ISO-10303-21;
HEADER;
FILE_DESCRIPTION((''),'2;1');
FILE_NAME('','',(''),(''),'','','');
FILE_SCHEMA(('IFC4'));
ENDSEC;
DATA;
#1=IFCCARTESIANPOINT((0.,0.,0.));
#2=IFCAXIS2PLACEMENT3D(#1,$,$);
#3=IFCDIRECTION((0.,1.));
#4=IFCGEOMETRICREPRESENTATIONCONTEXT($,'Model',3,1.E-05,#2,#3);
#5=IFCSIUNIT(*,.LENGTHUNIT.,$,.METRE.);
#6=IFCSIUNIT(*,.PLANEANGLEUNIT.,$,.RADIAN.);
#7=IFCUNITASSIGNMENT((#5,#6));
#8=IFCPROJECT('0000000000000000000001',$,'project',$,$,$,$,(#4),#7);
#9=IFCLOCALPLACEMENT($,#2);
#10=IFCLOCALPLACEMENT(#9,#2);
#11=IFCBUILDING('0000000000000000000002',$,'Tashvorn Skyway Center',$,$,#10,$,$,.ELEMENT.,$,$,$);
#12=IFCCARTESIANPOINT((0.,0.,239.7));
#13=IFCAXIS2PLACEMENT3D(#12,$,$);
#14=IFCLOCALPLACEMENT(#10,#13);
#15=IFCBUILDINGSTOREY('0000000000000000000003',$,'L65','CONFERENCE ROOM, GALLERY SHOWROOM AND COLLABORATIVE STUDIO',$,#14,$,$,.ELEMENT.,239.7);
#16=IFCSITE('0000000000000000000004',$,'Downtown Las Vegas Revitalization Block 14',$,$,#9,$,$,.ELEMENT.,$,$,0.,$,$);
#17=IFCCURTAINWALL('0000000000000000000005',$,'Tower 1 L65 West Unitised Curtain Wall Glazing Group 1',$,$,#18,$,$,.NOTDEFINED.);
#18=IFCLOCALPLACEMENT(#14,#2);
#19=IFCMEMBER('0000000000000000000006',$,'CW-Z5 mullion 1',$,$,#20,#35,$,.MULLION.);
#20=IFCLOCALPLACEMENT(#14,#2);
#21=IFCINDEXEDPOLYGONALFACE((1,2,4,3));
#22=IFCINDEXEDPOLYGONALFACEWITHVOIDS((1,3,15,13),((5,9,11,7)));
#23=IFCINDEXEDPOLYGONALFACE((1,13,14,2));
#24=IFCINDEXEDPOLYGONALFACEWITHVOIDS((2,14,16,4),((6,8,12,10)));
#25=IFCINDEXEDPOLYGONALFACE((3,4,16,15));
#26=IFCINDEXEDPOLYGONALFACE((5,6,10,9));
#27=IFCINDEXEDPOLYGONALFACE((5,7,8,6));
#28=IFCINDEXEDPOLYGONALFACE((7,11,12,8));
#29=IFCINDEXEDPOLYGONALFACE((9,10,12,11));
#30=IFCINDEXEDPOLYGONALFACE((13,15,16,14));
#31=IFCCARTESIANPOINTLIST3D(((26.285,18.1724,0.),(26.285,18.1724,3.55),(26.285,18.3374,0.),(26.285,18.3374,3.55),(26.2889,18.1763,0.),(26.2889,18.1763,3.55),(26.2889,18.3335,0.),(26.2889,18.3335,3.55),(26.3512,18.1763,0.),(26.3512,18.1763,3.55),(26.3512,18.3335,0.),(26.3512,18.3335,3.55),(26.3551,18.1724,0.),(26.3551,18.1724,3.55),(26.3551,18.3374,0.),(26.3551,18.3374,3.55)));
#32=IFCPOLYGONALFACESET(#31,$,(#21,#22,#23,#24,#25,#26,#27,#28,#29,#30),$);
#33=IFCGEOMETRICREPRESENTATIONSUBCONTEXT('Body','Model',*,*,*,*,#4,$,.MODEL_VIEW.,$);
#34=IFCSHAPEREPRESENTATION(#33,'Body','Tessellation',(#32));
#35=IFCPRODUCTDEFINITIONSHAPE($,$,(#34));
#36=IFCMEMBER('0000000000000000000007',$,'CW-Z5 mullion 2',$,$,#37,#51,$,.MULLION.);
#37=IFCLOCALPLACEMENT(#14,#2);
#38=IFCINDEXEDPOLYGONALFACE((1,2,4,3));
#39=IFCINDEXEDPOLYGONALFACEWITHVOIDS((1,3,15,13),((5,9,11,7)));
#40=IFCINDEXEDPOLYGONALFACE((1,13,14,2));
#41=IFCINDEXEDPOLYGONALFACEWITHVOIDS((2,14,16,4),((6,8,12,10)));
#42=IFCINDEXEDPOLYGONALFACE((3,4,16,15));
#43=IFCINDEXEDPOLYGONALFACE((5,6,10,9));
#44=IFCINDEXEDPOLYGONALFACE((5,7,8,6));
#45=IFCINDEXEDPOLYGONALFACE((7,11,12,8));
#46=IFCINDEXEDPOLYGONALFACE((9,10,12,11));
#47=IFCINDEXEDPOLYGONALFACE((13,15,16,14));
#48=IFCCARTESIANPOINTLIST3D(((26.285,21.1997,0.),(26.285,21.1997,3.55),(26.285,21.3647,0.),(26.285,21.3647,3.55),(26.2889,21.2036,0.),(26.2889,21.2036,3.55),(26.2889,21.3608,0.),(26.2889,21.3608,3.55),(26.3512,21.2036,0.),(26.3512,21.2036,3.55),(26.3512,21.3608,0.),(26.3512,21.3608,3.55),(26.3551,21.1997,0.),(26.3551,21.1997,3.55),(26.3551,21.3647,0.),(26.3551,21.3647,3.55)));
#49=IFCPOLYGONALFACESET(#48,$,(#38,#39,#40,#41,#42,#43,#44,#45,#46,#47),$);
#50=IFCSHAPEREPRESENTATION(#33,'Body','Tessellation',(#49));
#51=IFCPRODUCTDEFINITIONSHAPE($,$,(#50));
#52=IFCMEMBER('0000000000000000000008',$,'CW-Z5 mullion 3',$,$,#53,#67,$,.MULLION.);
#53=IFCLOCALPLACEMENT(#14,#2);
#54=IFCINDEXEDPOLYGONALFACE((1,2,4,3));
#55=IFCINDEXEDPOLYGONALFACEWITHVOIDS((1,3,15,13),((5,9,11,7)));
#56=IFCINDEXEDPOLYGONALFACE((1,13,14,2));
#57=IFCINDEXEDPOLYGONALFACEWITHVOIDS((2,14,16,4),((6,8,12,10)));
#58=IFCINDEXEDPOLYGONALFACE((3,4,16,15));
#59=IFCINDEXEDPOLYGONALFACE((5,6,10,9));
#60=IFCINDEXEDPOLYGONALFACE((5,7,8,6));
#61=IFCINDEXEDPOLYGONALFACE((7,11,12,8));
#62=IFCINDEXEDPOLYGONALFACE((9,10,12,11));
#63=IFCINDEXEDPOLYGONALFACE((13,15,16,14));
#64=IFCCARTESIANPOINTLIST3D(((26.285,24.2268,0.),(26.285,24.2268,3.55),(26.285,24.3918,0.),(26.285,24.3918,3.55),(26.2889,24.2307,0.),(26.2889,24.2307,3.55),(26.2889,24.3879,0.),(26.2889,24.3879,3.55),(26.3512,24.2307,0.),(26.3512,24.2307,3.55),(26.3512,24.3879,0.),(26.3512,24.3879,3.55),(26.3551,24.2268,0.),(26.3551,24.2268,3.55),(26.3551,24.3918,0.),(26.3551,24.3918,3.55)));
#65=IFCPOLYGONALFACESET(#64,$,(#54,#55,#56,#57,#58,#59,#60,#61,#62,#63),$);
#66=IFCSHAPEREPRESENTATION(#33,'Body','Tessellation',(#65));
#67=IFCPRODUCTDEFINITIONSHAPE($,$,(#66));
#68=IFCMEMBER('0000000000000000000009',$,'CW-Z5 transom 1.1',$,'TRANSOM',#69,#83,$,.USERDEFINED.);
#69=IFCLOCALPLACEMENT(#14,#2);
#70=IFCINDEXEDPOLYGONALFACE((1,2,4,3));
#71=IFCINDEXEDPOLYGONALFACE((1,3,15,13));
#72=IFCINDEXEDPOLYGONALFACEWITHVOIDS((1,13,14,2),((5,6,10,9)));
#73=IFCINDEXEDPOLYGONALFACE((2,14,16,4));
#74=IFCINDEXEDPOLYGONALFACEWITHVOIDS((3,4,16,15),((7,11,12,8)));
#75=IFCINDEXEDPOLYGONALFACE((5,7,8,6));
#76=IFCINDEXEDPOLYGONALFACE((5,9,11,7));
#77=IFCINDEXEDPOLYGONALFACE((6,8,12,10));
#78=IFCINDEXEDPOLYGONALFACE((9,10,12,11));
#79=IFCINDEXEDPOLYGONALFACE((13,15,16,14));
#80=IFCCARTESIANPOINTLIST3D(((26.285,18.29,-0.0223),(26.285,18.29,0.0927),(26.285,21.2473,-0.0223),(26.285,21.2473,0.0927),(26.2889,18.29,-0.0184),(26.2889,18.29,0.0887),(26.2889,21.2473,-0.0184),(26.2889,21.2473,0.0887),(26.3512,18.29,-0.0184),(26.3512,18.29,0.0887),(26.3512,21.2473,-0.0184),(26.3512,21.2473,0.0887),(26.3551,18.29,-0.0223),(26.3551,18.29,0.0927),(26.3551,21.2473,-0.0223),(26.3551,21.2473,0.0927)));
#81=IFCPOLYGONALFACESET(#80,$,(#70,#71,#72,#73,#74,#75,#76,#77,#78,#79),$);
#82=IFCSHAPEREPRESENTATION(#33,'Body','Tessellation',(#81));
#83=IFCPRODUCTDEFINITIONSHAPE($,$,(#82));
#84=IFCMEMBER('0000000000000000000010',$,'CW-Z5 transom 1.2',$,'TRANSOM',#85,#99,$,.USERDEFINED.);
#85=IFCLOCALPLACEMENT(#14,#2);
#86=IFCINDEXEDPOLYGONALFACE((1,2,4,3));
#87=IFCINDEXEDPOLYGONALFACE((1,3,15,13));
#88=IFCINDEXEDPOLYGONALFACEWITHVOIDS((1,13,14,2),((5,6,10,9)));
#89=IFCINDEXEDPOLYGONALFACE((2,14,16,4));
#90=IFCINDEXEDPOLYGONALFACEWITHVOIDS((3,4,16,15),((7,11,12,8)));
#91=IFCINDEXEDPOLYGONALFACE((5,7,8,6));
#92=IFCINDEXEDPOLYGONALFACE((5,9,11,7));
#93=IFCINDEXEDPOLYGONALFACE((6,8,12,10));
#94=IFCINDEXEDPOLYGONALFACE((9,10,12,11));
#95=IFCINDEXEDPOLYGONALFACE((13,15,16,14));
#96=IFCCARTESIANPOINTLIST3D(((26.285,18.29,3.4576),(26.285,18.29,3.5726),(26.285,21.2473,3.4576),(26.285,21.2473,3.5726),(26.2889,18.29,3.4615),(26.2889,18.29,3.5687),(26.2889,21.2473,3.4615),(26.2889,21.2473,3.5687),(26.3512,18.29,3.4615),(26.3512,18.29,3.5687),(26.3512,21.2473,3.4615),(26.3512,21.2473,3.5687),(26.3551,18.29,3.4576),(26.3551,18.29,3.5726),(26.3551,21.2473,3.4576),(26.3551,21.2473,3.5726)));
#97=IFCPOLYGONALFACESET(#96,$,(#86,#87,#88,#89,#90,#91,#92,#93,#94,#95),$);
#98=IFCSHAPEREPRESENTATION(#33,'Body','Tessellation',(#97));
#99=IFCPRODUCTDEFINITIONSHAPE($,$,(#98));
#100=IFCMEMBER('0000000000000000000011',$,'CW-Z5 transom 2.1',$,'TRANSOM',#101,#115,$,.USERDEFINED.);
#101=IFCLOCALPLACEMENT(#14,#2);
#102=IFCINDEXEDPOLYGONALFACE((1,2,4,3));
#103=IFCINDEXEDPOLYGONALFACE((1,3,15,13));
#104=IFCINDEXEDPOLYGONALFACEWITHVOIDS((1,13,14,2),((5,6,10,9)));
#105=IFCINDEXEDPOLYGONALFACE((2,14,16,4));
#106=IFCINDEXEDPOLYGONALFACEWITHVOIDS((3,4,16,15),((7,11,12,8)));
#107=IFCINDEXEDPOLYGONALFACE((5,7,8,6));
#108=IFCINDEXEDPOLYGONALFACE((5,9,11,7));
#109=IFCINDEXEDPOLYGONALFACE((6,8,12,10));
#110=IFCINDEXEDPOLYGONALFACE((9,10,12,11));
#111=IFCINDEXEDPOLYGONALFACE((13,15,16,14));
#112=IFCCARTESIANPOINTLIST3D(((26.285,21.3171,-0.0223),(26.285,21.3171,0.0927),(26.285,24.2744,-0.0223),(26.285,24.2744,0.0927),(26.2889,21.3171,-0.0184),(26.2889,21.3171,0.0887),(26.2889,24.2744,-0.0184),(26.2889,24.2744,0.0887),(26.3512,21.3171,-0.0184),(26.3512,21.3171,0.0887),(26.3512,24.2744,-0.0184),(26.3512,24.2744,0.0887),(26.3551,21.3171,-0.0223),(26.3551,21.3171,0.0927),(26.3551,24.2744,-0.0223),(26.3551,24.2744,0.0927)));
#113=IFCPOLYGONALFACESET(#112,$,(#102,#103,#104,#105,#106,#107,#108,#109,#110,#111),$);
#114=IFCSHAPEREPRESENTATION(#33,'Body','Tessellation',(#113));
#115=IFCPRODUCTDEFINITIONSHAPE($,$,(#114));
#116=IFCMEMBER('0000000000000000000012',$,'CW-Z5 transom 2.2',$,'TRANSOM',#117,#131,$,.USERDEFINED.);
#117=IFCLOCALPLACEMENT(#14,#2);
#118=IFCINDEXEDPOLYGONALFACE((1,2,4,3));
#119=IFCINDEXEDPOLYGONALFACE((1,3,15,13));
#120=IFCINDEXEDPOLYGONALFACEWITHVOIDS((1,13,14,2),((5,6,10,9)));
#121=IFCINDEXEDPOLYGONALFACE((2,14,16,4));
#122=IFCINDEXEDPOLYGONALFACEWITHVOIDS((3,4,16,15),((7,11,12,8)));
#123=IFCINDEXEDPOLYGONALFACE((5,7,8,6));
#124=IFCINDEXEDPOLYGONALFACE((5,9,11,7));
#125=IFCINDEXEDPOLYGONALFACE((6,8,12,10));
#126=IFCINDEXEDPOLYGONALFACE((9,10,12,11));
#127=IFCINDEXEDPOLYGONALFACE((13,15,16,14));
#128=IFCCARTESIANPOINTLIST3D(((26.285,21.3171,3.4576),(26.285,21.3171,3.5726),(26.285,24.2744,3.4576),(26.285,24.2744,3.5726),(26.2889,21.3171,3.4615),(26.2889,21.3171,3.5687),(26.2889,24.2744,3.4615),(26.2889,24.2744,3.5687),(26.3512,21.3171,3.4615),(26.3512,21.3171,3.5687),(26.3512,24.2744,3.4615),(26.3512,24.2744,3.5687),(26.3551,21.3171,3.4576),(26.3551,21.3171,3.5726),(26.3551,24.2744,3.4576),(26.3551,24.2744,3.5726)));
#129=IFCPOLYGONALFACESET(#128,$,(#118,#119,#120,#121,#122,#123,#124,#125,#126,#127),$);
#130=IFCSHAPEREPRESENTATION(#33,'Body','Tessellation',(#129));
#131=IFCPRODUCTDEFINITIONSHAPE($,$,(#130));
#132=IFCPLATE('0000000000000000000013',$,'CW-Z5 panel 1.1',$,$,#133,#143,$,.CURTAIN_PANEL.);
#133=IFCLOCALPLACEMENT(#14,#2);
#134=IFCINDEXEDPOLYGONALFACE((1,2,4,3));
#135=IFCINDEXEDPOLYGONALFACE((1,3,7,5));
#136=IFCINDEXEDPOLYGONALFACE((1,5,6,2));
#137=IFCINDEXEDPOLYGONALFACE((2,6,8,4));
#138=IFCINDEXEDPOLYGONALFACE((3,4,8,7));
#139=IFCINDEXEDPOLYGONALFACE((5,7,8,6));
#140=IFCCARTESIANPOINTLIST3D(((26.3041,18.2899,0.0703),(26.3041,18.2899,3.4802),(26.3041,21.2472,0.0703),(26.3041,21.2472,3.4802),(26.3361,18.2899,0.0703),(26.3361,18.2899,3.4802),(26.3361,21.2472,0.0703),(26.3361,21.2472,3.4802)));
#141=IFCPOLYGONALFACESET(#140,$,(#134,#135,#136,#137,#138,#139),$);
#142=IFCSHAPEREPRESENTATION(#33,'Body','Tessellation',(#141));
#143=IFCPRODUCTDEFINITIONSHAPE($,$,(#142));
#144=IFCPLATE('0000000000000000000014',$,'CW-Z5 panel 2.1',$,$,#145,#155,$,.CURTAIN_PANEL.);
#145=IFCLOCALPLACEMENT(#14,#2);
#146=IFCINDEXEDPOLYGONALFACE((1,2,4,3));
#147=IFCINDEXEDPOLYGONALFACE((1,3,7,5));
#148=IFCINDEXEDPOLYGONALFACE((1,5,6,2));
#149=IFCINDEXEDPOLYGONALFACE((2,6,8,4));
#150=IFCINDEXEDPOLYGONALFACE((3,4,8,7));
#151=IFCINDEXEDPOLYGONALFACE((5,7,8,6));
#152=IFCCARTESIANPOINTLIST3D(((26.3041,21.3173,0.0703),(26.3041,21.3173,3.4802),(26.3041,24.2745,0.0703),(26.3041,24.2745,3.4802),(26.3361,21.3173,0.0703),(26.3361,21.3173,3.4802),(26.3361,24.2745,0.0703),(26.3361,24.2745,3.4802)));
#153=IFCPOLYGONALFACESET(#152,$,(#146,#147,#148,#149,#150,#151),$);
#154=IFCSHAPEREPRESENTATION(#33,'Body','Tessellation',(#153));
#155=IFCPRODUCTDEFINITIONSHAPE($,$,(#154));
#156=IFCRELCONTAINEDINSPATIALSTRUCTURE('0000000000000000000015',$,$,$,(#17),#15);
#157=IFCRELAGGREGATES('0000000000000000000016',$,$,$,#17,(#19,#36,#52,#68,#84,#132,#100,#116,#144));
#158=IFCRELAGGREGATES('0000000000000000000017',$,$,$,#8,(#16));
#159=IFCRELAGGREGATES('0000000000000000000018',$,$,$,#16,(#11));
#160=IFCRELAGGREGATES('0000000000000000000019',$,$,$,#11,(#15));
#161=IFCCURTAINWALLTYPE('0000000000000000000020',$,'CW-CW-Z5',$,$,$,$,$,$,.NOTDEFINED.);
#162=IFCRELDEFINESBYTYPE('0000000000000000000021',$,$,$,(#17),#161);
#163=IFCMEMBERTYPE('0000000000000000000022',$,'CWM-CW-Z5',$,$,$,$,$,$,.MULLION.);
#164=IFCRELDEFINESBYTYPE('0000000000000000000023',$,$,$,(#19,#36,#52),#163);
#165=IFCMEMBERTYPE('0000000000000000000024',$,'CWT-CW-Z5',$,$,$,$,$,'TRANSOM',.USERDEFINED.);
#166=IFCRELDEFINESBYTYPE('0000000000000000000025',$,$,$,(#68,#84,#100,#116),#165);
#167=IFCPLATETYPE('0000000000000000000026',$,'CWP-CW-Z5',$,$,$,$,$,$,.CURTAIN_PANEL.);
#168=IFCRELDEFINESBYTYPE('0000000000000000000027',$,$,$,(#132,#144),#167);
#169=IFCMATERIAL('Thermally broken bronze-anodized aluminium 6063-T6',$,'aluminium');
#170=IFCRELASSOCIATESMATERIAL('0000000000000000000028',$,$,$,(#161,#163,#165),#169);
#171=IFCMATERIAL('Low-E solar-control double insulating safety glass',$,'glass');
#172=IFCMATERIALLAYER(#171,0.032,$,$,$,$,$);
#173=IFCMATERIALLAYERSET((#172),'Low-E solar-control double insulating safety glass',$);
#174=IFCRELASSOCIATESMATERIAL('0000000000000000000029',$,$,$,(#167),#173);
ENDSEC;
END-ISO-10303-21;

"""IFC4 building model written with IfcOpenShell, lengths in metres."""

from ifc_helpers import new_model, si_unit, direction, frame, origin, origin_2d, place, context, subcontext, project, spatial, rectangle, hollow_rectangle, extrude, material, layer, layer_set, material_profile, profile_set, type_object, element, aggregate, save


model = new_model("IFC4")

# Units and contexts
model_context = context("Model", 3, precision=1e-05, world=origin(), true_north=direction((0.0, 1.0)))
body_context = subcontext(model_context, "Body", "Model", "MODEL_VIEW")
ifc_project = project(units=[si_unit("LENGTHUNIT", "METRE"), si_unit("PLANEANGLEUNIT", "RADIAN")], contexts=[model_context])

# Site, building, storey
site_placement = place(None, origin())
site = spatial("IfcSite", under=ifc_project, at=site_placement, Name="Downtown Las Vegas Revitalization Block 14", CompositionType="ELEMENT", RefElevation=0.0)
building_placement = place(site_placement, origin())
building = spatial("IfcBuilding", under=site, at=building_placement, Name="Tashvorn Skyway Center", CompositionType="ELEMENT")
storey_placement = place(building_placement, frame((0.0, 0.0, 239.7)))
storey = spatial("IfcBuildingStorey", under=building, at=storey_placement, Name="L65", Description="CONFERENCE ROOM, GALLERY SHOWROOM AND COLLABORATIVE STUDIO", CompositionType="ELEMENT", Elevation=239.7)

# Curtain wall, members, plates
ifc_material_1 = material(Name="Thermally broken bronze-anodized aluminium 6063-T6", Category="aluminium")
curtain_wall_type = type_object("IfcCurtainWallType", Name="CW-CW-Z5", PredefinedType="NOTDEFINED", material=ifc_material_1)
curtain_wall_placement = place(storey_placement, origin())
curtain_wall = element("IfcCurtainWall", 1, at=curtain_wall_placement, inside=storey, type_object=curtain_wall_type, Name="Tower 1 L65 West Unitised Curtain Wall Glazing Group 1", PredefinedType="NOTDEFINED")
ifc_material_profile_1 = material_profile(ifc_material_1, hollow_rectangle(XDim=0.0701, YDim=0.165, WallThickness=0.0039, at=origin_2d()), Name="ALU-MULL-70x165")
ifc_profile_set_1 = profile_set([ifc_material_profile_1], Name="Thermally broken bronze-anodized aluminium 6063-T6")
member_type_1 = type_object("IfcMemberType", Name="CWM-CW-Z5", PredefinedType="MULLION", material=ifc_profile_set_1)
member_1_placement = place(storey_placement, frame((26.3201, 18.2549, 0.0), z_axis=(0.0, 0.0, 1.0), x_axis=(-1.0, 0.0, 0.0)))
member_1 = element("IfcMember", 2, at=member_1_placement, type_object=member_type_1, Name="CW-Z5 mullion 1", PredefinedType="MULLION", context=body_context, shape_type="SweptSolid", body=[
    extrude(hollow_rectangle(XDim=0.0701, YDim=0.165, WallThickness=0.0039, at=origin_2d()), origin(), (0.0, 0.0, 1.0), 3.55),
])
member_2_placement = place(storey_placement, frame((26.3201, 21.2822, 0.0), z_axis=(0.0, 0.0, 1.0), x_axis=(-1.0, 0.0, 0.0)))
member_2 = element("IfcMember", 3, at=member_2_placement, type_object=member_type_1, Name="CW-Z5 mullion 2", PredefinedType="MULLION", context=body_context, shape_type="SweptSolid", body=[
    extrude(hollow_rectangle(XDim=0.0701, YDim=0.165, WallThickness=0.0039, at=origin_2d()), origin(), (0.0, 0.0, 1.0), 3.55),
])
member_3_placement = place(storey_placement, frame((26.3201, 24.3093, 0.0), z_axis=(0.0, 0.0, 1.0), x_axis=(-1.0, 0.0, 0.0)))
member_3 = element("IfcMember", 4, at=member_3_placement, type_object=member_type_1, Name="CW-Z5 mullion 3", PredefinedType="MULLION", context=body_context, shape_type="SweptSolid", body=[
    extrude(hollow_rectangle(XDim=0.0701, YDim=0.165, WallThickness=0.0039, at=origin_2d()), origin(), (0.0, 0.0, 1.0), 3.55),
])
ifc_material_profile_2 = material_profile(ifc_material_1, hollow_rectangle(XDim=0.0701, YDim=0.115, WallThickness=0.0039, at=origin_2d()), Name="ALU-TRAN-70x115")
ifc_profile_set_2 = profile_set([ifc_material_profile_2], Name="Thermally broken bronze-anodized aluminium 6063-T6")
member_type_2 = type_object("IfcMemberType", Name="CWT-CW-Z5", ElementType="TRANSOM", PredefinedType="USERDEFINED", material=ifc_profile_set_2)
member_4_placement = place(storey_placement, frame((26.3201, 18.29, 0.0352), z_axis=(0.0, 1.0, 0.0), x_axis=(-1.0, 0.0, 0.0)))
member_4 = element("IfcMember", 5, at=member_4_placement, type_object=member_type_2, Name="CW-Z5 transom 1.1", ObjectType="TRANSOM", PredefinedType="USERDEFINED", context=body_context, shape_type="SweptSolid", body=[
    extrude(hollow_rectangle(XDim=0.0701, YDim=0.115, WallThickness=0.0039, at=origin_2d()), origin(), (0.0, 0.0, 1.0), 2.9573),
])
member_5_placement = place(storey_placement, frame((26.3201, 18.29, 3.5151), z_axis=(0.0, 1.0, 0.0), x_axis=(-1.0, 0.0, 0.0)))
member_5 = element("IfcMember", 6, at=member_5_placement, type_object=member_type_2, Name="CW-Z5 transom 1.2", ObjectType="TRANSOM", PredefinedType="USERDEFINED", context=body_context, shape_type="SweptSolid", body=[
    extrude(hollow_rectangle(XDim=0.0701, YDim=0.115, WallThickness=0.0039, at=origin_2d()), origin(), (0.0, 0.0, 1.0), 2.9573),
])
member_6_placement = place(storey_placement, frame((26.3201, 21.3171, 0.0352), z_axis=(0.0, 1.0, 0.0), x_axis=(-1.0, 0.0, 0.0)))
member_6 = element("IfcMember", 7, at=member_6_placement, type_object=member_type_2, Name="CW-Z5 transom 2.1", ObjectType="TRANSOM", PredefinedType="USERDEFINED", context=body_context, shape_type="SweptSolid", body=[
    extrude(hollow_rectangle(XDim=0.0701, YDim=0.115, WallThickness=0.0039, at=origin_2d()), origin(), (0.0, 0.0, 1.0), 2.9573),
])
member_7_placement = place(storey_placement, frame((26.3201, 21.3171, 3.5151), z_axis=(0.0, 1.0, 0.0), x_axis=(-1.0, 0.0, 0.0)))
member_7 = element("IfcMember", 8, at=member_7_placement, type_object=member_type_2, Name="CW-Z5 transom 2.2", ObjectType="TRANSOM", PredefinedType="USERDEFINED", context=body_context, shape_type="SweptSolid", body=[
    extrude(hollow_rectangle(XDim=0.0701, YDim=0.115, WallThickness=0.0039, at=origin_2d()), origin(), (0.0, 0.0, 1.0), 2.9573),
])
ifc_material_2 = material(Name="Low-E solar-control double insulating safety glass", Category="glass")
ifc_layer_1 = layer(ifc_material_2, 0.032)
ifc_layer_set_1 = layer_set([ifc_layer_1], Name="Low-E solar-control double insulating safety glass")
plate_type = type_object("IfcPlateType", Name="CWP-CW-Z5", PredefinedType="CURTAIN_PANEL", material=ifc_layer_set_1)
plate_1_placement = place(storey_placement, frame((26.3201, 19.7686, 0.0703), z_axis=(0.0, 0.0, 1.0), x_axis=(0.0, 1.0, 0.0)))
plate_1 = element("IfcPlate", 9, at=plate_1_placement, type_object=plate_type, Name="CW-Z5 panel 1.1", PredefinedType="CURTAIN_PANEL", context=body_context, shape_type="SweptSolid", body=[
    extrude(rectangle(XDim=2.9573, YDim=0.032, at=origin_2d()), origin(), (0.0, 0.0, 1.0), 3.4099),
])
plate_2_placement = place(storey_placement, frame((26.3201, 22.7959, 0.0703), z_axis=(0.0, 0.0, 1.0), x_axis=(0.0, 1.0, 0.0)))
plate_2 = element("IfcPlate", 10, at=plate_2_placement, type_object=plate_type, Name="CW-Z5 panel 2.1", PredefinedType="CURTAIN_PANEL", context=body_context, shape_type="SweptSolid", body=[
    extrude(rectangle(XDim=2.9573, YDim=0.032, at=origin_2d()), origin(), (0.0, 0.0, 1.0), 3.4099),
])
aggregate(curtain_wall, [member_1, member_2, member_3, member_4, member_5, plate_1, member_6, member_7, plate_2])

save(model, "model.ifc")
